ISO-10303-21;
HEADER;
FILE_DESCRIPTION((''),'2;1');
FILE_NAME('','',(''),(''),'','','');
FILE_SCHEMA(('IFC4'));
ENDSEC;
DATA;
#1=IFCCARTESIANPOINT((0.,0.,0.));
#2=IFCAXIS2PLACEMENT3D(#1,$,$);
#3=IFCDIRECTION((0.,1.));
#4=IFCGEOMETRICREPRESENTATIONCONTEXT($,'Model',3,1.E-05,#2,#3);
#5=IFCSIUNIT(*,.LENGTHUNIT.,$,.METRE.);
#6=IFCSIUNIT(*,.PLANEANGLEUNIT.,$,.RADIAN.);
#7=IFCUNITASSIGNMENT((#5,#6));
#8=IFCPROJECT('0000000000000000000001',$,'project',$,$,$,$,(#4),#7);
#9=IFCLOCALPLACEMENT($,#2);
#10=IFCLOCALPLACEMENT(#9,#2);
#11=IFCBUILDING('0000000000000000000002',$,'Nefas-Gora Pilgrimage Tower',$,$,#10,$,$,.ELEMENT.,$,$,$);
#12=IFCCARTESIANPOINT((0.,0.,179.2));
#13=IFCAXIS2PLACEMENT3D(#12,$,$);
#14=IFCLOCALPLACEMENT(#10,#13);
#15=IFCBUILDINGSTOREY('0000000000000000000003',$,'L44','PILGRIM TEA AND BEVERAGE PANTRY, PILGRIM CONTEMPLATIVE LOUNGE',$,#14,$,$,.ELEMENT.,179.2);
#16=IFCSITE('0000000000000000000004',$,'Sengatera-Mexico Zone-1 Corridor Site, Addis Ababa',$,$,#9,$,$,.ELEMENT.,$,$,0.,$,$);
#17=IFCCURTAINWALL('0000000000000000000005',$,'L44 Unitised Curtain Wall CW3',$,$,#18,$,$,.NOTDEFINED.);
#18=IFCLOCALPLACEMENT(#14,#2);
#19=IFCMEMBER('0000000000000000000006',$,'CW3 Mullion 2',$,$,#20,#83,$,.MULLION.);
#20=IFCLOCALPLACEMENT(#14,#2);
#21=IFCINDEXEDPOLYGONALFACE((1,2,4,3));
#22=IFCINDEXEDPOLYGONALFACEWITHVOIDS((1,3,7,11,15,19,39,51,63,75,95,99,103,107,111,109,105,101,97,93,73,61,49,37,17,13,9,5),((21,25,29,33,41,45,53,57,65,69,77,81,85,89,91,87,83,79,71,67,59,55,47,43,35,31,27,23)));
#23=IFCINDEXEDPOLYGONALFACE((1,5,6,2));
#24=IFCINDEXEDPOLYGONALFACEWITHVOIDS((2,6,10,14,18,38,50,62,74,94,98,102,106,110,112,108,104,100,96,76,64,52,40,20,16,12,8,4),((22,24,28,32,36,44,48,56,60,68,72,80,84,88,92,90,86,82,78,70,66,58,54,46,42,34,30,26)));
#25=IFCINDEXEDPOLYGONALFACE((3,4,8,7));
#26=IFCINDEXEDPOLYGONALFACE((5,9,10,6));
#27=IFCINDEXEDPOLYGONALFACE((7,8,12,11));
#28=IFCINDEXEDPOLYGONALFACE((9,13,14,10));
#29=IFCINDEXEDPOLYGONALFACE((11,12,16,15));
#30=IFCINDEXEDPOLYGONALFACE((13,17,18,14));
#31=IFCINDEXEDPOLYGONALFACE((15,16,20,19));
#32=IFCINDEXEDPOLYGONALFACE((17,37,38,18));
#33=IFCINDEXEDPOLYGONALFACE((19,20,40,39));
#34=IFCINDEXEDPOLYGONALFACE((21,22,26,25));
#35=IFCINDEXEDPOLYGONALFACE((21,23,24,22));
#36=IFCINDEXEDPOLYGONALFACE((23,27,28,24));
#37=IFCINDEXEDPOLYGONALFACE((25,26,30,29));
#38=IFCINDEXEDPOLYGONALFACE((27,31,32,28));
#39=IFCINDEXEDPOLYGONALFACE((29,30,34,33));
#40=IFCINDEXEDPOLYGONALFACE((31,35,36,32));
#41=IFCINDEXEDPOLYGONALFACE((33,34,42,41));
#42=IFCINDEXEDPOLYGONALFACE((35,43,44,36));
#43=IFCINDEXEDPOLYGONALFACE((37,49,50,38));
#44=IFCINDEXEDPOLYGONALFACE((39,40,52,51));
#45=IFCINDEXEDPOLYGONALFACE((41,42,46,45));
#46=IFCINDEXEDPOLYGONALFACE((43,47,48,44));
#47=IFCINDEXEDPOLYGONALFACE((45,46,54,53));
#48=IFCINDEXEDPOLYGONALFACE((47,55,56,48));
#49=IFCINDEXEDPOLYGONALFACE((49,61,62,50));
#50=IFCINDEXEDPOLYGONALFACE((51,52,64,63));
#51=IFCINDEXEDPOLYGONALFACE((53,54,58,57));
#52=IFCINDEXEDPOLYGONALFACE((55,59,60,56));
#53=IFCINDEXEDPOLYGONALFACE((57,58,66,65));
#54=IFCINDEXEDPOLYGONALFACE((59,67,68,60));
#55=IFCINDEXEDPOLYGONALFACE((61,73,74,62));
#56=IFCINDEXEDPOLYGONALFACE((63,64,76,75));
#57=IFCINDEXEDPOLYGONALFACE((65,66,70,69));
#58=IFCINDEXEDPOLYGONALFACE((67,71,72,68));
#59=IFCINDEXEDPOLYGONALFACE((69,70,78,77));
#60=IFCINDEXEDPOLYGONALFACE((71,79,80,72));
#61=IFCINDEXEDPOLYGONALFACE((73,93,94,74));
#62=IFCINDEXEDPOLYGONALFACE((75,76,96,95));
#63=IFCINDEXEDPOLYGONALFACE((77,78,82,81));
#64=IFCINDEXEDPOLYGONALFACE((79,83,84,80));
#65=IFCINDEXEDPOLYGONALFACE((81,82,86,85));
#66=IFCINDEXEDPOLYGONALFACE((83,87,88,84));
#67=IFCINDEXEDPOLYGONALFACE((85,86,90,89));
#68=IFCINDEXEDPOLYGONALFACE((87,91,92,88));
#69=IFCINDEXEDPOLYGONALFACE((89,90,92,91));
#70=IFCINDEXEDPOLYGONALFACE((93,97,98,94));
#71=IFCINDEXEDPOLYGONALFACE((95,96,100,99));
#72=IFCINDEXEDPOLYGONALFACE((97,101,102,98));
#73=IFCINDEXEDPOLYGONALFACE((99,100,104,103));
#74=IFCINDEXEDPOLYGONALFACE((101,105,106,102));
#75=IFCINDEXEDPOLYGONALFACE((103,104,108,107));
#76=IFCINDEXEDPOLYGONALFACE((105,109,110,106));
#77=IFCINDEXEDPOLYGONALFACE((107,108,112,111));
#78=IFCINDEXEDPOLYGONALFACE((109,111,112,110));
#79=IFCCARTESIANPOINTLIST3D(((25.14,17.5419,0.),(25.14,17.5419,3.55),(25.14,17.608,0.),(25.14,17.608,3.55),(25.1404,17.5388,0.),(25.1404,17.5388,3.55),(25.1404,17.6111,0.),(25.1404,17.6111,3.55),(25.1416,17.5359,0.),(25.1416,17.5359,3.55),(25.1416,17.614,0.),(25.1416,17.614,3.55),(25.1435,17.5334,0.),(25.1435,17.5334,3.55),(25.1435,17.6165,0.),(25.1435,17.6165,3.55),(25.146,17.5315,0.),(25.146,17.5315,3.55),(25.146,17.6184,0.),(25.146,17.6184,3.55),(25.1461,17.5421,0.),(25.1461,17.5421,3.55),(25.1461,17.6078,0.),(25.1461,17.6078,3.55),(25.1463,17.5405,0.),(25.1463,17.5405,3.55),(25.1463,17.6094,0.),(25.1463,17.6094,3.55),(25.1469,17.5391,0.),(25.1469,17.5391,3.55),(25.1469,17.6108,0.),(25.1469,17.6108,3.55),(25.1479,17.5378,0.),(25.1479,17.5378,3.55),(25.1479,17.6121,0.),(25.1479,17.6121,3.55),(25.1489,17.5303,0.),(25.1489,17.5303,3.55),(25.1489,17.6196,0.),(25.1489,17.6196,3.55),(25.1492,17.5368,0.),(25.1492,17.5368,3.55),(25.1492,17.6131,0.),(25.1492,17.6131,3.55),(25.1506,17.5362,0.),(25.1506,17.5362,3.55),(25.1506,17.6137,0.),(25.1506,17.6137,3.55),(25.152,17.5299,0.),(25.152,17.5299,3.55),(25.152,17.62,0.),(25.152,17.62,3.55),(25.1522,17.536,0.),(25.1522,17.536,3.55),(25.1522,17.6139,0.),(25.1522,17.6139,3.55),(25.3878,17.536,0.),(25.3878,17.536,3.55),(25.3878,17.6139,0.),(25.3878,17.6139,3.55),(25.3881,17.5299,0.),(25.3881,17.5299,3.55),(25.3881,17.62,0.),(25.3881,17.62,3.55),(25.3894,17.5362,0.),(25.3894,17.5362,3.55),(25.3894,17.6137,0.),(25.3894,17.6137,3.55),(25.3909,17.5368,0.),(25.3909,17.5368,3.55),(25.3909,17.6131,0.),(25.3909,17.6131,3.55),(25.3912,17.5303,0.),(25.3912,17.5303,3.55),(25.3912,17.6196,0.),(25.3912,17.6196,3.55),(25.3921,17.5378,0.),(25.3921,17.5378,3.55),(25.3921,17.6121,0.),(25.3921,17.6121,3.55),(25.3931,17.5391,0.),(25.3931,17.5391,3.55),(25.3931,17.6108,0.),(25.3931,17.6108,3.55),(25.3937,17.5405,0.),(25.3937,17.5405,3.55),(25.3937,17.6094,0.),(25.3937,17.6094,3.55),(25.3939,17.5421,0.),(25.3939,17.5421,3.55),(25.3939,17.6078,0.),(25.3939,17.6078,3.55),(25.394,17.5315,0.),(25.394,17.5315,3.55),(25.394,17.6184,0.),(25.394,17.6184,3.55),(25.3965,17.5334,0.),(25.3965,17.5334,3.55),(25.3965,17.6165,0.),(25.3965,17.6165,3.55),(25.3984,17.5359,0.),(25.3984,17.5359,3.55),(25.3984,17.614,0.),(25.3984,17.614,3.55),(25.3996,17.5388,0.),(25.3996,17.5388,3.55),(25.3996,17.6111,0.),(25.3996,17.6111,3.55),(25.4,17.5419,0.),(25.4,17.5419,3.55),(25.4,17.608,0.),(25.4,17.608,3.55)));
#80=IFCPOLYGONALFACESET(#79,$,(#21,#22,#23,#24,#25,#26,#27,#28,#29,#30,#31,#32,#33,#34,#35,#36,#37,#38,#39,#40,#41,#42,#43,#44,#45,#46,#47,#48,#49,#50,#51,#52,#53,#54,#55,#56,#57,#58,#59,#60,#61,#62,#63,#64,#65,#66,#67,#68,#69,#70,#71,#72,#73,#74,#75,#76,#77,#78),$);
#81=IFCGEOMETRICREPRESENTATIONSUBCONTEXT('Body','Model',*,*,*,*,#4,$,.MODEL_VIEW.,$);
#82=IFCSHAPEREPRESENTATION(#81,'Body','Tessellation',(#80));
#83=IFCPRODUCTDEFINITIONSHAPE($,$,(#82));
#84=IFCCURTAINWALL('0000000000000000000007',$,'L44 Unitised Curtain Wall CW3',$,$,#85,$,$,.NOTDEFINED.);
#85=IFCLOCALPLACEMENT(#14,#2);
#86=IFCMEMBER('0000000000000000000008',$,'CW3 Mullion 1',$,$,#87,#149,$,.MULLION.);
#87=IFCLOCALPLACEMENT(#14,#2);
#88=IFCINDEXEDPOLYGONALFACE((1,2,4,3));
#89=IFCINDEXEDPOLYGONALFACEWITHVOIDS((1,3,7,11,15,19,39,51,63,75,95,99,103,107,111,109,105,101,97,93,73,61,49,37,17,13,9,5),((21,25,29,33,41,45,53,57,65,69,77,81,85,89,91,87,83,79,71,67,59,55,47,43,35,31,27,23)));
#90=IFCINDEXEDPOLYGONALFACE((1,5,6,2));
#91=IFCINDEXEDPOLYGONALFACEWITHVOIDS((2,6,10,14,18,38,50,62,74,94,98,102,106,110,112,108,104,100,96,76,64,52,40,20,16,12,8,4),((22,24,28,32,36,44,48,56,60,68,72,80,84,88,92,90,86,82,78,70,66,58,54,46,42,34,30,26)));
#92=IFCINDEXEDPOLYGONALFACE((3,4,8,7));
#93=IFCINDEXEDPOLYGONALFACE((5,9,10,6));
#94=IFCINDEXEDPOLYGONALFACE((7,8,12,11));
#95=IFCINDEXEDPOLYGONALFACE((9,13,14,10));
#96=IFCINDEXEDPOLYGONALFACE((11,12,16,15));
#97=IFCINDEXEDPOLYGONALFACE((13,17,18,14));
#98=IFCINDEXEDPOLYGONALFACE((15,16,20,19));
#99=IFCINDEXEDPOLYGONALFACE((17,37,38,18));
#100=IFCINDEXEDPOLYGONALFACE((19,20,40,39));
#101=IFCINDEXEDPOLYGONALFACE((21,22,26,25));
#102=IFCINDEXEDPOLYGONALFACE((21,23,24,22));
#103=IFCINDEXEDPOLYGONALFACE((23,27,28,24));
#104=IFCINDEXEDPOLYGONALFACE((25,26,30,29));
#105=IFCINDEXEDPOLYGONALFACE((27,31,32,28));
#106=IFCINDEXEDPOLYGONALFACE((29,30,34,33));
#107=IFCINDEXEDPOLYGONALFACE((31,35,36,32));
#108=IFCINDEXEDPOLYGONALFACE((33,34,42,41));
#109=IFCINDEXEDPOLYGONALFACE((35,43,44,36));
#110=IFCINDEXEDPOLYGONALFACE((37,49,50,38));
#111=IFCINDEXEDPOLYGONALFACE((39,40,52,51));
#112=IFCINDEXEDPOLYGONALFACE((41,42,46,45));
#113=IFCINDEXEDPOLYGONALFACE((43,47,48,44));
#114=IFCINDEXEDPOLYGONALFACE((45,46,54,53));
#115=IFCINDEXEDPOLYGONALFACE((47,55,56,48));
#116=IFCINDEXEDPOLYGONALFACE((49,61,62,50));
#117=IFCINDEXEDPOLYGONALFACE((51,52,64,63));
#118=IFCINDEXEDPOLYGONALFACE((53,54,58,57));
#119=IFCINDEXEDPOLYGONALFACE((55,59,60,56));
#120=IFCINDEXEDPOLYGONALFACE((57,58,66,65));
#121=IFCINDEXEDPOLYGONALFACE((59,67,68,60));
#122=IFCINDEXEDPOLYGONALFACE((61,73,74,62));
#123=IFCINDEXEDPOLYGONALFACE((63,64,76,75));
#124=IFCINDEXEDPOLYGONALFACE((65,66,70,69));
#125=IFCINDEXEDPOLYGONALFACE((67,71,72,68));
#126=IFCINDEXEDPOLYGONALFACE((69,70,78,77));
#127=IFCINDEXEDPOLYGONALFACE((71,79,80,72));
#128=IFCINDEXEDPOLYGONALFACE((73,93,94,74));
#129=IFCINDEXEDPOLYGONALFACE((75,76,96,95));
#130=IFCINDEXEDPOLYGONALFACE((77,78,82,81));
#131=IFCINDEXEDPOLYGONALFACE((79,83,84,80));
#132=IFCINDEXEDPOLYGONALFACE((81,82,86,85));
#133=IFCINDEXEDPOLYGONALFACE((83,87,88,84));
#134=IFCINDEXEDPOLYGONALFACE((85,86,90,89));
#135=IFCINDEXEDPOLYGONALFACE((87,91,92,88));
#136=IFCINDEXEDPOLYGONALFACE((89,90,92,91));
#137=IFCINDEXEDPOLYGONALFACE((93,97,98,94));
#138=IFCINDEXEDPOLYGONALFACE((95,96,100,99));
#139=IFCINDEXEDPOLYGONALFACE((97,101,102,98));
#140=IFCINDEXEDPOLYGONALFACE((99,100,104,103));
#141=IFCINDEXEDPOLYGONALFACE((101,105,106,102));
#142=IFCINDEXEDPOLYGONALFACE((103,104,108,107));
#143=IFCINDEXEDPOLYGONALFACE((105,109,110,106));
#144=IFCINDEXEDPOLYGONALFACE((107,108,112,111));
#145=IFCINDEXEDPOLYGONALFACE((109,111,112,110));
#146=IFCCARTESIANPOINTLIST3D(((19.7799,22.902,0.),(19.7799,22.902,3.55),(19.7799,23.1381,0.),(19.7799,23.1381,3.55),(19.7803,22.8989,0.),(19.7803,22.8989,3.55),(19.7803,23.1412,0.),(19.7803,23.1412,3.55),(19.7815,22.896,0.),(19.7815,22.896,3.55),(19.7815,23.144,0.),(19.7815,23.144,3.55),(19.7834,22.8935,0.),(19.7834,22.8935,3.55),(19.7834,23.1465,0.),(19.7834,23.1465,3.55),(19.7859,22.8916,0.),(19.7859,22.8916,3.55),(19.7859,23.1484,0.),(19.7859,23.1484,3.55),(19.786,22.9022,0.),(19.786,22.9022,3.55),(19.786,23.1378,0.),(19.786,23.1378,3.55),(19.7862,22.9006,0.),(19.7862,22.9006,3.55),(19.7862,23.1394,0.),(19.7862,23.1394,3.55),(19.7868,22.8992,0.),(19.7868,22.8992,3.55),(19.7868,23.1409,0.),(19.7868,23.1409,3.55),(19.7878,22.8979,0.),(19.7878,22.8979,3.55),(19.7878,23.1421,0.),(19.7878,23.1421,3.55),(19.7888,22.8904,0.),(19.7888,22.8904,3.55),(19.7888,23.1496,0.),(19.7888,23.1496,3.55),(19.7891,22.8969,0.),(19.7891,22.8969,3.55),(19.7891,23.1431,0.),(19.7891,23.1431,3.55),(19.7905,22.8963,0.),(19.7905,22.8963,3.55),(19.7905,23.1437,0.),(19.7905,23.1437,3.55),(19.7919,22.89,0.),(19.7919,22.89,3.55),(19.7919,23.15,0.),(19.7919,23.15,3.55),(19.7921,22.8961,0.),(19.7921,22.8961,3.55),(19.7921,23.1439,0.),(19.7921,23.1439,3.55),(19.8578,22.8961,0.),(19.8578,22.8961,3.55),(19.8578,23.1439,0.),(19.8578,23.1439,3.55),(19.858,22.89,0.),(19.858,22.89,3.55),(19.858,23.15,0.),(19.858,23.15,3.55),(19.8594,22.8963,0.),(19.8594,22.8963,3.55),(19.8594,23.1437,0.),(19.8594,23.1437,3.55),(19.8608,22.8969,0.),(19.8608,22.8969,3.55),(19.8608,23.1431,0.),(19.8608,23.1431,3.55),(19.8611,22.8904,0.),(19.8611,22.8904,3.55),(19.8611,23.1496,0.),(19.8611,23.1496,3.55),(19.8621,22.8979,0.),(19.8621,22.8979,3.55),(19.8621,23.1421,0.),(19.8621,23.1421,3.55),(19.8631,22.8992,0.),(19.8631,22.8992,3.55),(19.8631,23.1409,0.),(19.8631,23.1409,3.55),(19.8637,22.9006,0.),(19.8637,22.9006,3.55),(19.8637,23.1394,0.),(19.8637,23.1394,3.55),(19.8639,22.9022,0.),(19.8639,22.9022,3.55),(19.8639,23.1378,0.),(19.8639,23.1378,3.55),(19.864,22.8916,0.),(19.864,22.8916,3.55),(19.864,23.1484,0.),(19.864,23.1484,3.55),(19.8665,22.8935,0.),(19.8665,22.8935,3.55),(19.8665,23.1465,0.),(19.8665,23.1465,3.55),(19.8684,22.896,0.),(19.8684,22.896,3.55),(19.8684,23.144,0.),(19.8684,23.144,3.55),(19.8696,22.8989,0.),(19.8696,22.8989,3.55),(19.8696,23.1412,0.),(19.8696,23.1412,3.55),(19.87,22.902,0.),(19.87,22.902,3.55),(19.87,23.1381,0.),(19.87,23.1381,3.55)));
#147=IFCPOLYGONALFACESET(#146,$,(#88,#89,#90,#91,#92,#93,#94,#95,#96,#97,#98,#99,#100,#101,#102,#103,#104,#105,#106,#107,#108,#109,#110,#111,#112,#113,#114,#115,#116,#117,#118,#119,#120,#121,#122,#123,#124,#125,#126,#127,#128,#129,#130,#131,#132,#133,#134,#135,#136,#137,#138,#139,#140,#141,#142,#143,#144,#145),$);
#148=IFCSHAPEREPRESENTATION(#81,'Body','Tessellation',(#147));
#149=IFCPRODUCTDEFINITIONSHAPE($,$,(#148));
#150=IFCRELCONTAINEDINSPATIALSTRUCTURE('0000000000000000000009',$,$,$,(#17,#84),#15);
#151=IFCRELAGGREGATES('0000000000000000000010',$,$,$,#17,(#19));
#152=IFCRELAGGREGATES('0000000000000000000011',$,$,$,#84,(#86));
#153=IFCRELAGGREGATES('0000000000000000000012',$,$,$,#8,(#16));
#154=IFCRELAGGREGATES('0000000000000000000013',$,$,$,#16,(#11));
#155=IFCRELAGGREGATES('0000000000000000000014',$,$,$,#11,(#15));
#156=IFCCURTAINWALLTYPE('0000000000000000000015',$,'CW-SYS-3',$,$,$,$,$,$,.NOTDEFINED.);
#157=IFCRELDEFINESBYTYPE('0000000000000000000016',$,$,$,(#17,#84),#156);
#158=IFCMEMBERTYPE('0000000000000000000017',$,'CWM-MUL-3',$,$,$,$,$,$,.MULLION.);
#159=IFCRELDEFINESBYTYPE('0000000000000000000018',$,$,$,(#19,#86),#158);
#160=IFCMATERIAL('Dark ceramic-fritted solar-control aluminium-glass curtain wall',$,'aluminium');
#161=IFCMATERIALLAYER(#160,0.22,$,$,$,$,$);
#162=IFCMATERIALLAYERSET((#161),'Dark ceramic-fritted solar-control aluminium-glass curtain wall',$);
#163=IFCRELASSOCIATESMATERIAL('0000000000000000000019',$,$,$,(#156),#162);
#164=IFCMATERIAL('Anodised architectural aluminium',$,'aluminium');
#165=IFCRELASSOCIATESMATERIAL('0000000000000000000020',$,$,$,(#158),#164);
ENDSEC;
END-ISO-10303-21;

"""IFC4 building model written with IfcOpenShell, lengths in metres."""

from ifc_helpers import new_model, si_unit, direction, frame, origin, origin_2d, place, context, subcontext, project, spatial, hollow_rectangle, extrude, source, transform, mapped, material, layer, layer_set, material_profile, profile_set, type_object, element, aggregate, save


model = new_model("IFC4")

# Units and contexts
model_context = context("Model", 3, precision=1e-05, world=origin(), true_north=direction((0.0, 1.0)))
body_context = subcontext(model_context, "Body", "Model", "MODEL_VIEW")
ifc_project = project(units=[si_unit("LENGTHUNIT", "METRE"), si_unit("PLANEANGLEUNIT", "RADIAN")], contexts=[model_context])

# Site, building, storey
site_placement = place(None, origin())
site = spatial("IfcSite", under=ifc_project, at=site_placement, Name="Sengatera-Mexico Zone-1 Corridor Site, Addis Ababa", CompositionType="ELEMENT", RefElevation=0.0)
building_placement = place(site_placement, origin())
building = spatial("IfcBuilding", under=site, at=building_placement, Name="Nefas-Gora Pilgrimage Tower", CompositionType="ELEMENT")
storey_placement = place(building_placement, frame((0.0, 0.0, 179.2)))
storey = spatial("IfcBuildingStorey", under=building, at=storey_placement, Name="L44", Description="PILGRIM TEA AND BEVERAGE PANTRY, PILGRIM CONTEMPLATIVE LOUNGE", CompositionType="ELEMENT", Elevation=179.2)

# Curtain wall, member
ifc_material_1 = material(Name="Dark ceramic-fritted solar-control aluminium-glass curtain wall", Category="aluminium")
ifc_layer_1 = layer(ifc_material_1, 0.22)
ifc_layer_set_1 = layer_set([ifc_layer_1], Name="Dark ceramic-fritted solar-control aluminium-glass curtain wall")
curtain_wall_type = type_object("IfcCurtainWallType", Name="CW-SYS-3", PredefinedType="NOTDEFINED", material=ifc_layer_set_1)
curtain_wall_1_placement = place(storey_placement, origin())
curtain_wall_1 = element("IfcCurtainWall", 1, at=curtain_wall_1_placement, inside=storey, type_object=curtain_wall_type, Name="L44 Unitised Curtain Wall CW3", PredefinedType="NOTDEFINED")
ifc_material_2 = material(Name="Anodised architectural aluminium", Category="aluminium")
ifc_material_profile_1 = material_profile(ifc_material_2, hollow_rectangle(XDim=0.0901, YDim=0.26, WallThickness=0.0061, InnerFilletRadius=0.0061, OuterFilletRadius=0.012, at=origin_2d()), Name="ALU MULLION 90x260")
ifc_profile_set_1 = profile_set([ifc_material_profile_1], Name="Anodised architectural aluminium")
member_type_1 = type_object("IfcMemberType", Name="CWM-MUL-3", PredefinedType="MULLION", material=ifc_profile_set_1)
shared_shape_1 = source(origin(), body_context, "Body", "SweptSolid", [
    extrude(hollow_rectangle(XDim=0.0901, YDim=0.26, WallThickness=0.0061, InnerFilletRadius=0.0061, OuterFilletRadius=0.012, at=origin_2d()), origin(), (0.0, 0.0, 1.0), 3.55),
])
member_1_placement = place(storey_placement, frame((25.27, 17.575, 0.0), z_axis=(0.0, 0.0, 1.0), x_axis=(0.0, 1.0, 0.0)))
member_1 = element("IfcMember", 2, at=member_1_placement, type_object=member_type_1, Name="CW3 Mullion 2", PredefinedType="MULLION", context=body_context, shape_type="MappedRepresentation", body=[
    mapped(shared_shape_1, transform((0.0, 0.0, 0.0), x_axis=(1.0, 0.0, 0.0), y_axis=(0.0, 1.0, 0.0), z_axis=(0.0, 0.0, 1.0), scale=1.0)),
])
aggregate(curtain_wall_1, [member_1])

# Curtain wall, member
curtain_wall_2_placement = place(storey_placement, origin())
curtain_wall_2 = element("IfcCurtainWall", 3, at=curtain_wall_2_placement, inside=storey, type_object=curtain_wall_type, Name="L44 Unitised Curtain Wall CW3", PredefinedType="NOTDEFINED")
member_2_placement = place(storey_placement, frame((19.825, 23.02, 0.0), z_axis=(0.0, 0.0, 1.0), x_axis=(-1.0, 0.0, 0.0)))
member_2 = element("IfcMember", 4, at=member_2_placement, type_object=member_type_1, Name="CW3 Mullion 1", PredefinedType="MULLION", context=body_context, shape_type="MappedRepresentation", body=[
    mapped(shared_shape_1, transform((0.0, 0.0, 0.0), x_axis=(1.0, 0.0, 0.0), y_axis=(0.0, 1.0, 0.0), z_axis=(0.0, 0.0, 1.0), scale=1.0)),
])
aggregate(curtain_wall_2, [member_2])

save(model, "model.ifc")
